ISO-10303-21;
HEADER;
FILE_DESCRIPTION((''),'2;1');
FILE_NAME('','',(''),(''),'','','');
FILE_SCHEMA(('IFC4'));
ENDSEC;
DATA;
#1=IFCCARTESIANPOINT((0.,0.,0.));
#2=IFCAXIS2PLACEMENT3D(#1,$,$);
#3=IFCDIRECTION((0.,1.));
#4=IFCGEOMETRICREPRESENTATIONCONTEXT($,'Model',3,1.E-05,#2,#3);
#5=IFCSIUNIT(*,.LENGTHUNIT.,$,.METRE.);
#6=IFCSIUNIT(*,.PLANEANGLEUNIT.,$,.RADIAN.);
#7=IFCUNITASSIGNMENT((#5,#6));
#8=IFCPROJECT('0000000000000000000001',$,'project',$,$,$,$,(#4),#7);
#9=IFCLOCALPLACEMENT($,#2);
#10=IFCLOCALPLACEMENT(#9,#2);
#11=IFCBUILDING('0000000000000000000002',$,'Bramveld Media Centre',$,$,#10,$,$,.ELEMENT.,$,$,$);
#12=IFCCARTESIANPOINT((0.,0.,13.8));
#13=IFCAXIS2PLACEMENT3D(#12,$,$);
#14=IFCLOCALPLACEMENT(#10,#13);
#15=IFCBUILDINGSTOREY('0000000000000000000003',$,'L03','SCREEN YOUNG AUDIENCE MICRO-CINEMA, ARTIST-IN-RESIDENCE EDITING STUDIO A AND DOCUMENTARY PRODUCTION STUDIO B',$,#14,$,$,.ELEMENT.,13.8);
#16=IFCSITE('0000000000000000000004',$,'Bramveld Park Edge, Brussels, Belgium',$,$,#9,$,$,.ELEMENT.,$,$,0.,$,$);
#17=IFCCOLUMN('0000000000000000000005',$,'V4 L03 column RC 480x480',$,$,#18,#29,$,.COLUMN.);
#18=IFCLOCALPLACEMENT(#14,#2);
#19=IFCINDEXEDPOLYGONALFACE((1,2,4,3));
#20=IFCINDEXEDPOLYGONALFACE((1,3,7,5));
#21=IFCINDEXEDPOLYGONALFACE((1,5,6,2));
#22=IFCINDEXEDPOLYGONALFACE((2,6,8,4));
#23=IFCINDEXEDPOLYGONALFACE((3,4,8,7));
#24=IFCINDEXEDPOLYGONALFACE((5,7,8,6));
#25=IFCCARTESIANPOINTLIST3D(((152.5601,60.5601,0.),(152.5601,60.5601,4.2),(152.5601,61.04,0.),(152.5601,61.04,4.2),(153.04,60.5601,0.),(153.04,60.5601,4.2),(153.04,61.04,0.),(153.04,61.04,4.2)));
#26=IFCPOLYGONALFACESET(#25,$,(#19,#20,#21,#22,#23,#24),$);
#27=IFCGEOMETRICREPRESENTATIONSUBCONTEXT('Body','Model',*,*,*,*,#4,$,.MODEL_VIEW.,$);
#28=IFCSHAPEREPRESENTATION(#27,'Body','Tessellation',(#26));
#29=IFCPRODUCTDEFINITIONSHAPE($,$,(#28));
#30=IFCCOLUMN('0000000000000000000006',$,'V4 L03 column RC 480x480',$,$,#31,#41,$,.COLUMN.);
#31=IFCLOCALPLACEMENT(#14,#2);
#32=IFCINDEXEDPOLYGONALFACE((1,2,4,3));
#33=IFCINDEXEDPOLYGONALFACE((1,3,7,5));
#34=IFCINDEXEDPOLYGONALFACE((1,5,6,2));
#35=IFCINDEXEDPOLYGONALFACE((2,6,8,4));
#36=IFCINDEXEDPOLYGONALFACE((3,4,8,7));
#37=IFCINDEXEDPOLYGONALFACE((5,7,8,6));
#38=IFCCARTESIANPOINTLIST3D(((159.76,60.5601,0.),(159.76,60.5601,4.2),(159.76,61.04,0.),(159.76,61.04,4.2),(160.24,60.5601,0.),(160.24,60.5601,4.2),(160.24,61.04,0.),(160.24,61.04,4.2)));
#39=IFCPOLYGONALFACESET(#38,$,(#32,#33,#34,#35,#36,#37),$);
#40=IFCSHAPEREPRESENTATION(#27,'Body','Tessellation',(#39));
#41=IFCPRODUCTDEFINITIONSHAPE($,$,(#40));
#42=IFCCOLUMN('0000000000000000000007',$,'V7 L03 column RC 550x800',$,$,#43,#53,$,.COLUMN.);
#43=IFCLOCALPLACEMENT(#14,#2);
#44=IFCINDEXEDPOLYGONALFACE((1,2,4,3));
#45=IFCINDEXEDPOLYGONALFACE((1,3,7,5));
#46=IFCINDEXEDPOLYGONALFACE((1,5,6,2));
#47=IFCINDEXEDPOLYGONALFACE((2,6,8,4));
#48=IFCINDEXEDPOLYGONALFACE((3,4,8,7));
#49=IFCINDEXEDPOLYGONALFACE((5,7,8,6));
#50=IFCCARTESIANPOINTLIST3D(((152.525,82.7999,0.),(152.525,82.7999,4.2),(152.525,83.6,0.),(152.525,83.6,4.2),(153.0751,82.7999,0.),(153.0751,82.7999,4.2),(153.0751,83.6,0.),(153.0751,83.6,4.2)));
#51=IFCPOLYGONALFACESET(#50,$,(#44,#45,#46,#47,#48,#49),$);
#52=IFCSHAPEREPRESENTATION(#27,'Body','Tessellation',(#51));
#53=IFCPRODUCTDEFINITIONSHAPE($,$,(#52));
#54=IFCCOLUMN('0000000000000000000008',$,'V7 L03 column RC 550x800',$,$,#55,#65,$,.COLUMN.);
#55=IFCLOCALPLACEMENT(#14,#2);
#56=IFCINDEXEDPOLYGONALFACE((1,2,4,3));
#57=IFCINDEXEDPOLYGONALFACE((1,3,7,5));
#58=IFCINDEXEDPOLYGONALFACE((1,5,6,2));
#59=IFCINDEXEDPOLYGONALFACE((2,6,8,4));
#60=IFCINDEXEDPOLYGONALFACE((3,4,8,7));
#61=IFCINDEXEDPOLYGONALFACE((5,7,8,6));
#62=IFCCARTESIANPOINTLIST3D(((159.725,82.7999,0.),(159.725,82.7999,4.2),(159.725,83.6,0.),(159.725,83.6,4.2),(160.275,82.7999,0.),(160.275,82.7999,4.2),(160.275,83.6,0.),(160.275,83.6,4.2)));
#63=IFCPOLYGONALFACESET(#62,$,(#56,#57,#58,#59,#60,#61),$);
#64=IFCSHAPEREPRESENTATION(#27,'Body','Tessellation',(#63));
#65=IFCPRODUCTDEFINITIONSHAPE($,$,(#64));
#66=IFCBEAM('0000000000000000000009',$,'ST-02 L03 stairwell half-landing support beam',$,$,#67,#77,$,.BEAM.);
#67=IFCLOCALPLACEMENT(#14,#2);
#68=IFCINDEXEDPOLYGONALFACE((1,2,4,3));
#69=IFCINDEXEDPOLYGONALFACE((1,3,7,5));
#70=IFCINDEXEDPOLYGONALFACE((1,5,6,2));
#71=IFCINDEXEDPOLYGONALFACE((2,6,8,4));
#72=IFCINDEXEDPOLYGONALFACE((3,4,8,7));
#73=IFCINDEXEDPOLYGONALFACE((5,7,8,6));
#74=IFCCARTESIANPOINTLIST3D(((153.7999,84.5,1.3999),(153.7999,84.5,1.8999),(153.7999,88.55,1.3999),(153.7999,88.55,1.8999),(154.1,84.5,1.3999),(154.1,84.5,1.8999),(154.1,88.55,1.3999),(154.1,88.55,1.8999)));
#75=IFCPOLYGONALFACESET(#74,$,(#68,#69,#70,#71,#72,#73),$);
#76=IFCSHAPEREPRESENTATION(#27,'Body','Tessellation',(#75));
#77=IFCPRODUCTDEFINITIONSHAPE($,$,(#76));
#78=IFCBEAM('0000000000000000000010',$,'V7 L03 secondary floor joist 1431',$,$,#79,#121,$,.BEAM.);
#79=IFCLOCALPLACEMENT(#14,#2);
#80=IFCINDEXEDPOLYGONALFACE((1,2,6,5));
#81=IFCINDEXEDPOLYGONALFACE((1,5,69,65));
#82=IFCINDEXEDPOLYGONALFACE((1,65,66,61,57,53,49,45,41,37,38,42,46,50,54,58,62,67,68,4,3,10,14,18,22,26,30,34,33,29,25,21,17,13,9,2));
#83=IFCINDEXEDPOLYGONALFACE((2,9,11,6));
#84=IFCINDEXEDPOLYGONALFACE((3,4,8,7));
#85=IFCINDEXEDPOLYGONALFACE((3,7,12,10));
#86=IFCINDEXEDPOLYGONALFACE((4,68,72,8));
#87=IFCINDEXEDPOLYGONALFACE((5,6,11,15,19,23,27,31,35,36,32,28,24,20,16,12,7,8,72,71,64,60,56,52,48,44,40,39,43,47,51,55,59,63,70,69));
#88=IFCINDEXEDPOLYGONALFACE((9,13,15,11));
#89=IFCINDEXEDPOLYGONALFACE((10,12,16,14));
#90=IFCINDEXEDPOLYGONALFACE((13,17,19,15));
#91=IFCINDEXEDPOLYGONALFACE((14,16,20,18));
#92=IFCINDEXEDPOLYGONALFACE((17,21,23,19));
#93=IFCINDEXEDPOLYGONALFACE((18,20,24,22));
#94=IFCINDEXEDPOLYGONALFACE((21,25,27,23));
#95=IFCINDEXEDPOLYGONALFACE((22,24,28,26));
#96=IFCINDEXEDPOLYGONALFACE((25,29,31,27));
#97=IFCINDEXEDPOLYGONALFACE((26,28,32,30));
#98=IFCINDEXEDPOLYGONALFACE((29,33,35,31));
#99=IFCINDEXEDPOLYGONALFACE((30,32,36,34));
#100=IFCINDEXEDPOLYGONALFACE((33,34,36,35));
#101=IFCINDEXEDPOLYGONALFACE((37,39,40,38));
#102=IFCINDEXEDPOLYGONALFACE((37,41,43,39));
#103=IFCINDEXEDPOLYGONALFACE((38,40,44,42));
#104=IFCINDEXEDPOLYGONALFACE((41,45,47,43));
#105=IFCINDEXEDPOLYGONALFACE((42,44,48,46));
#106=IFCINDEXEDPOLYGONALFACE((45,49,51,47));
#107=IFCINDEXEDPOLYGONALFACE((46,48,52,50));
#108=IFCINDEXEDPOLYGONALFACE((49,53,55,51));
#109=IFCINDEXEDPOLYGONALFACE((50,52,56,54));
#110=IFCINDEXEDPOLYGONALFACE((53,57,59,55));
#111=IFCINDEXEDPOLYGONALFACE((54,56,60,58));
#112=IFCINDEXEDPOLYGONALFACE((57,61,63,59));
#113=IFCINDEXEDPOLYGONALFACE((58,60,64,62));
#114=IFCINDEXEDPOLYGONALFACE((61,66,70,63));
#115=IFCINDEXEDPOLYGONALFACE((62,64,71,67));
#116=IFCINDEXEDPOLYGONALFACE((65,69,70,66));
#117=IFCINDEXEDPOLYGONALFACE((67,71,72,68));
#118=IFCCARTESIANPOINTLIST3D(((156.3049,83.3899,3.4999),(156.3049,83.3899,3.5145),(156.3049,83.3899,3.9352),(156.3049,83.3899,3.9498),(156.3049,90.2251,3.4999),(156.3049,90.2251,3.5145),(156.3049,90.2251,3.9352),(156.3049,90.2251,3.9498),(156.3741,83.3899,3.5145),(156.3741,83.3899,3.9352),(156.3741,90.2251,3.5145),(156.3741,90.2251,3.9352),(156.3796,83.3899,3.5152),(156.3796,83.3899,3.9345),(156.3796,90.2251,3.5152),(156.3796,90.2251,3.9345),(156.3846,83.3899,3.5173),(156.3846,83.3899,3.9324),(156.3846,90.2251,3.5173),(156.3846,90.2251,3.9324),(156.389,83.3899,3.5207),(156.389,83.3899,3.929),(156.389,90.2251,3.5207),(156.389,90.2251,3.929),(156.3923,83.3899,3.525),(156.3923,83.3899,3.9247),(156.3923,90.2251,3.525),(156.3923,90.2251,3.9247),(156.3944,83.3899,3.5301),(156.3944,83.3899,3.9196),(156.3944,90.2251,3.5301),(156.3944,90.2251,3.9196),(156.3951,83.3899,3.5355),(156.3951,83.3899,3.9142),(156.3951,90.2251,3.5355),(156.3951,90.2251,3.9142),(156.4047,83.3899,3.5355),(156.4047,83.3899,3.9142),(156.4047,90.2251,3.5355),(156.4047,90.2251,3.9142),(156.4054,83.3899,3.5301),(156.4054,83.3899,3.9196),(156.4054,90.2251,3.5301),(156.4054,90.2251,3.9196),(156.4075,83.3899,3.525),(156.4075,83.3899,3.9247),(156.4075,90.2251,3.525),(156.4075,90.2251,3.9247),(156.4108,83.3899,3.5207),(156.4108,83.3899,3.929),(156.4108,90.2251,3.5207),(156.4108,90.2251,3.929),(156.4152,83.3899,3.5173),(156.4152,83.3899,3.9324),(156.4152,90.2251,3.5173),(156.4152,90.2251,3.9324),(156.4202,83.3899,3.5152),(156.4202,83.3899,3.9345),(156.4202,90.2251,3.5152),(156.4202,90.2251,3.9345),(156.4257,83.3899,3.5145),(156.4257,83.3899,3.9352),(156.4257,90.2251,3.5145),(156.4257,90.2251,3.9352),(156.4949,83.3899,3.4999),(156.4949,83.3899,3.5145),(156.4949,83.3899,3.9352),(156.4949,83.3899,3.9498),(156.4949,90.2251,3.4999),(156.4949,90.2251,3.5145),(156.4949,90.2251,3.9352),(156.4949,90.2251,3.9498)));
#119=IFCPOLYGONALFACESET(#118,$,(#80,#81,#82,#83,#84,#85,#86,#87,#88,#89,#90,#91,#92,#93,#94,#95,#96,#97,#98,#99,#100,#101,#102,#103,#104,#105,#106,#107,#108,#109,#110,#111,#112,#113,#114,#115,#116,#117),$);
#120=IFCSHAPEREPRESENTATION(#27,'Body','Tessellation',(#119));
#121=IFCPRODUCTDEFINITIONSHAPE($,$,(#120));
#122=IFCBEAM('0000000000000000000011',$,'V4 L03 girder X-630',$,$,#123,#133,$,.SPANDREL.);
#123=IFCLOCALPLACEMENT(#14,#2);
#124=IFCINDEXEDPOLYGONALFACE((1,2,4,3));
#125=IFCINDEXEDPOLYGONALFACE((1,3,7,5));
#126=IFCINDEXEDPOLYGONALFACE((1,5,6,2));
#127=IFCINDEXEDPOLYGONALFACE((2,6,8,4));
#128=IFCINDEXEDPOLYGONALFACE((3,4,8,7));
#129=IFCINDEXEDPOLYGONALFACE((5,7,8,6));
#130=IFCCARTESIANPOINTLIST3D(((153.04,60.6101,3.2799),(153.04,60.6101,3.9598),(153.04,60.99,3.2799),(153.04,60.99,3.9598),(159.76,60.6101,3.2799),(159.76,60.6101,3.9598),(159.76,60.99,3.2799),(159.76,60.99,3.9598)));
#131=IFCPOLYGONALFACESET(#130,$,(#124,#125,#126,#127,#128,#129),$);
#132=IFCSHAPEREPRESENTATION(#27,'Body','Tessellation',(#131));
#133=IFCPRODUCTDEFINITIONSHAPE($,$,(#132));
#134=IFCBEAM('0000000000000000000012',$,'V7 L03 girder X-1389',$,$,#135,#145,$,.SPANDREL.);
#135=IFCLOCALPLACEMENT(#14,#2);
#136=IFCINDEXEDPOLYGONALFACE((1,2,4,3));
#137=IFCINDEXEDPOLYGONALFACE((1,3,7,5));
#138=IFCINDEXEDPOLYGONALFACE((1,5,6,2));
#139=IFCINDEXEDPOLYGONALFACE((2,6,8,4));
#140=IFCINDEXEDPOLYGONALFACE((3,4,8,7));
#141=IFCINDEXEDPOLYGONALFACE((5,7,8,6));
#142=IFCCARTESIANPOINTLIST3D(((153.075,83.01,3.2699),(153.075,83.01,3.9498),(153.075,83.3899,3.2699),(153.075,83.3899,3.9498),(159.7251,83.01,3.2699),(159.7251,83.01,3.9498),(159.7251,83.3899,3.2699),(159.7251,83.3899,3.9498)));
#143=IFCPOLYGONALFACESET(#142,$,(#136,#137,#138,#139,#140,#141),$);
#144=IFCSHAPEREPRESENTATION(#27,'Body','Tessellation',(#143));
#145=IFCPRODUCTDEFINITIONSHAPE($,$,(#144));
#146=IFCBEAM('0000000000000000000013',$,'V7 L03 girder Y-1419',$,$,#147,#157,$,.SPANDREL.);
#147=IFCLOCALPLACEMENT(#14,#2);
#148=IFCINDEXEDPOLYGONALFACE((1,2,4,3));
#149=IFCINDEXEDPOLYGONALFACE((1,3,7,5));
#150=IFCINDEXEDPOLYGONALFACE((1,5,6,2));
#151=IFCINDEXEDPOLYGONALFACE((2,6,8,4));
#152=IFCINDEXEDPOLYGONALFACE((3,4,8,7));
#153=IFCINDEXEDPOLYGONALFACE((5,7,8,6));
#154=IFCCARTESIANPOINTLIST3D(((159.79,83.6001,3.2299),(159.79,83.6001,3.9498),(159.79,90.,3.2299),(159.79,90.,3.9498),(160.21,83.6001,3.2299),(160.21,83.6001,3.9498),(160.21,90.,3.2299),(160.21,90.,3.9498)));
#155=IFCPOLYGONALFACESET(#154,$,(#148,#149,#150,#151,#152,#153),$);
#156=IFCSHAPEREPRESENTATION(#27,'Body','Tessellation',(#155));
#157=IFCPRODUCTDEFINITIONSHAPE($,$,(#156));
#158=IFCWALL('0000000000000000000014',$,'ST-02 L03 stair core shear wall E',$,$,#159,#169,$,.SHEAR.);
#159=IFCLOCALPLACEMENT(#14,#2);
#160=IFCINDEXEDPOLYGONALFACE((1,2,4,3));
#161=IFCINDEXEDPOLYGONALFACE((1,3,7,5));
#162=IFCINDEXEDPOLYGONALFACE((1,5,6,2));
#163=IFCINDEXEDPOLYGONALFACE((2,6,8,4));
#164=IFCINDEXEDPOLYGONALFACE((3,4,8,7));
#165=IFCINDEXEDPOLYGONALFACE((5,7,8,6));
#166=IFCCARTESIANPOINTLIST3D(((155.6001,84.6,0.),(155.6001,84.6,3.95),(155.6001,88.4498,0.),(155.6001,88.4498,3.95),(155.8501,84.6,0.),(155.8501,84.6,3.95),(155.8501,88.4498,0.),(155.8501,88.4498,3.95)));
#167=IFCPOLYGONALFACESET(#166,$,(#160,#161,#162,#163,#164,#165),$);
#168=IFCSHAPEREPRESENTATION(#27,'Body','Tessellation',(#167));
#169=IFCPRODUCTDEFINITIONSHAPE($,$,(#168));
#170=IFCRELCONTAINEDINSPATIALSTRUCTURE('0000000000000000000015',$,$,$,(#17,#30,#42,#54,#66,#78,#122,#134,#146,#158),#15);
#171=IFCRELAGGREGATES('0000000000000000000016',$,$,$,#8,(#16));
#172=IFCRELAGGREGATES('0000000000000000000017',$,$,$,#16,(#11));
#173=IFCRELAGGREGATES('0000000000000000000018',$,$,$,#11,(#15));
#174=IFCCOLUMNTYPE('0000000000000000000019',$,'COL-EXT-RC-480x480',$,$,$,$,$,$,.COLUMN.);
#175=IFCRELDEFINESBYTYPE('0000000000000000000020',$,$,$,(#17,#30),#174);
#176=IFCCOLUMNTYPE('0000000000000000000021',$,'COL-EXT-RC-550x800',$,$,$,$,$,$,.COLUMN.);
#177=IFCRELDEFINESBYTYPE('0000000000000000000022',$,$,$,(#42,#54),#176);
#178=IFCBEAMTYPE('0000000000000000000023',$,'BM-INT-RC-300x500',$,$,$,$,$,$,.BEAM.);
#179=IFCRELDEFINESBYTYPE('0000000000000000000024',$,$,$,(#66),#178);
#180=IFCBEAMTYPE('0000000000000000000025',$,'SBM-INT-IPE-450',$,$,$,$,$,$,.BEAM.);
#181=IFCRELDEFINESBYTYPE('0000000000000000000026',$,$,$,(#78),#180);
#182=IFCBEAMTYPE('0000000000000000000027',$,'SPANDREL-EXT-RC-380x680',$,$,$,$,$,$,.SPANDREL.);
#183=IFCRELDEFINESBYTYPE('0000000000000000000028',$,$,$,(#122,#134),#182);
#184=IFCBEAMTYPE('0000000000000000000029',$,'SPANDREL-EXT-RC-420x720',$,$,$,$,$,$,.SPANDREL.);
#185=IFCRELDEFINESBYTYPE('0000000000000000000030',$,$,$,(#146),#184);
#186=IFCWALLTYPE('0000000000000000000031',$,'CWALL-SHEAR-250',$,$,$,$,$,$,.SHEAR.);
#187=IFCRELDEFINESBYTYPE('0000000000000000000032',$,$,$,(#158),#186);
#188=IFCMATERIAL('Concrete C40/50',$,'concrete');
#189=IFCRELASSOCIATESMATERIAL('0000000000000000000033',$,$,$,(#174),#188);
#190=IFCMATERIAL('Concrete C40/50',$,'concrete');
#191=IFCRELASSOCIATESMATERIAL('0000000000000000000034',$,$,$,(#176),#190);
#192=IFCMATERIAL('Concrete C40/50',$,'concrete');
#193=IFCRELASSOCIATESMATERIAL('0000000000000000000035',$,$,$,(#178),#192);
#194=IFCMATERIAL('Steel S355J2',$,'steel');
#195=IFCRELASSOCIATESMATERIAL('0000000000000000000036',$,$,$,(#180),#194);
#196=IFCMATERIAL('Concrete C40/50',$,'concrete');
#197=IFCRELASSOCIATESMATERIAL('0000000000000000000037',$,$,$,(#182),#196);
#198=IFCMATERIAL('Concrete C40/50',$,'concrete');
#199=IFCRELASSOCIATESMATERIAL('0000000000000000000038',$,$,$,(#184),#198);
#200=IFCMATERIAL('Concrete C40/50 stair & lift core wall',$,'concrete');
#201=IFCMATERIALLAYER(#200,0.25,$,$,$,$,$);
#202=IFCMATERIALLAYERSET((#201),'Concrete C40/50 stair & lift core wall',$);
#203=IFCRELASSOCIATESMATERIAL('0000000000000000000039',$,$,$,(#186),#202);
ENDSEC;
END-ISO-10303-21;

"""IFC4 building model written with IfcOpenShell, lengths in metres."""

from ifc_helpers import new_model, si_unit, direction, frame, frame_2d, origin, origin_2d, place, context, subcontext, project, spatial, rectangle, i_section, extrude, material, layer, layer_set, material_profile, profile_set, type_object, element, save


model = new_model("IFC4")

# Units and contexts
model_context = context("Model", 3, precision=1e-05, world=origin(), true_north=direction((0.0, 1.0)))
body_context = subcontext(model_context, "Body", "Model", "MODEL_VIEW")
ifc_project = project(units=[si_unit("LENGTHUNIT", "METRE"), si_unit("PLANEANGLEUNIT", "RADIAN")], contexts=[model_context])

# Site, building, storey
site_placement = place(None, origin())
site = spatial("IfcSite", under=ifc_project, at=site_placement, Name="Bramveld Park Edge, Brussels, Belgium", CompositionType="ELEMENT", RefElevation=0.0)
building_placement = place(site_placement, origin())
building = spatial("IfcBuilding", under=site, at=building_placement, Name="Bramveld Media Centre", CompositionType="ELEMENT")
storey_placement = place(building_placement, frame((0.0, 0.0, 13.8)))
storey = spatial("IfcBuildingStorey", under=building, at=storey_placement, Name="L03", Description="SCREEN YOUNG AUDIENCE MICRO-CINEMA, ARTIST-IN-RESIDENCE EDITING STUDIO A AND DOCUMENTARY PRODUCTION STUDIO B", CompositionType="ELEMENT", Elevation=13.8)

# Columns
ifc_material_1 = material(Name="Concrete C40/50", Category="concrete")
ifc_material_profile_1 = material_profile(ifc_material_1, rectangle(XDim=0.48, YDim=0.48, at=origin_2d()), Name="RC 480x480")
ifc_profile_set_1 = profile_set([ifc_material_profile_1], Name="Concrete C40/50")
column_type_1 = type_object("IfcColumnType", Name="COL-EXT-RC-480x480", PredefinedType="COLUMN", material=ifc_profile_set_1)
for number, where, z_axis, x_axis, name in (
    (1, (152.8, 60.8, 0.0), (0.0, 0.0, 1.0), (1.0, 0.0, 0.0), "V4 L03 column RC 480x480"),
    (2, (160.0, 60.8, 0.0), (0.0, 0.0, 1.0), (1.0, 0.0, 0.0), "V4 L03 column RC 480x480"),
):
    element("IfcColumn", number, at=place(storey_placement, frame(where, z_axis=z_axis, x_axis=x_axis)), inside=storey, type_object=column_type_1, Name=name, PredefinedType="COLUMN", context=body_context, shape_type="SweptSolid", body=[
        extrude(rectangle(XDim=0.48, YDim=0.48, at=origin_2d()), origin(), (0.0, 0.0, 1.0), 4.2),
    ])
ifc_material_2 = material(Name="Concrete C40/50", Category="concrete")
ifc_material_profile_2 = material_profile(ifc_material_2, rectangle(XDim=0.55, YDim=0.8, at=origin_2d()), Name="RC 550x800")
ifc_profile_set_2 = profile_set([ifc_material_profile_2], Name="Concrete C40/50")
column_type_2 = type_object("IfcColumnType", Name="COL-EXT-RC-550x800", PredefinedType="COLUMN", material=ifc_profile_set_2)
for number, where, z_axis, x_axis, name in (
    (3, (152.8, 83.2, 0.0), (0.0, 0.0, 1.0), (1.0, 0.0, 0.0), "V7 L03 column RC 550x800"),
    (4, (160.0, 83.2, 0.0), (0.0, 0.0, 1.0), (1.0, 0.0, 0.0), "V7 L03 column RC 550x800"),
):
    element("IfcColumn", number, at=place(storey_placement, frame(where, z_axis=z_axis, x_axis=x_axis)), inside=storey, type_object=column_type_2, Name=name, PredefinedType="COLUMN", context=body_context, shape_type="SweptSolid", body=[
        extrude(rectangle(XDim=0.55, YDim=0.8, at=origin_2d()), origin(), (0.0, 0.0, 1.0), 4.2),
    ])

# Beams
ifc_material_3 = material(Name="Concrete C40/50", Category="concrete")
ifc_material_profile_3 = material_profile(ifc_material_3, rectangle(XDim=0.3, YDim=0.5, at=origin_2d()), Name="RC 300x500")
ifc_profile_set_3 = profile_set([ifc_material_profile_3], Name="Concrete C40/50")
beam_type_1 = type_object("IfcBeamType", Name="BM-INT-RC-300x500", PredefinedType="BEAM", material=ifc_profile_set_3)
beam_1_placement = place(storey_placement, frame((153.95, 84.5, 1.6499), z_axis=(0.0, 1.0, 0.0), x_axis=(-1.0, 0.0, 0.0)))
element("IfcBeam", 5, at=beam_1_placement, inside=storey, type_object=beam_type_1, Name="ST-02 L03 stairwell half-landing support beam", PredefinedType="BEAM", context=body_context, shape_type="SweptSolid", body=[
    extrude(rectangle(XDim=0.3, YDim=0.5, at=origin_2d()), origin(), (0.0, 0.0, 1.0), 4.05),
])
ifc_material_4 = material(Name="Steel S355J2", Category="steel")
ifc_material_profile_4 = material_profile(ifc_material_4, i_section(OverallWidth=0.1899, OverallDepth=0.45, WebThickness=0.0095, FlangeThickness=0.0146, FilletRadius=0.021, at=origin_2d()), Name="IPE 450")
ifc_profile_set_4 = profile_set([ifc_material_profile_4], Name="Steel S355J2")
beam_type_2 = type_object("IfcBeamType", Name="SBM-INT-IPE-450", PredefinedType="BEAM", material=ifc_profile_set_4)
beam_2_placement = place(storey_placement, frame((156.3999, 83.3899, 3.7249), z_axis=(0.0, 1.0, 0.0), x_axis=(-1.0, 0.0, 0.0)))
element("IfcBeam", 6, at=beam_2_placement, inside=storey, type_object=beam_type_2, Name="V7 L03 secondary floor joist 1431", PredefinedType="BEAM", context=body_context, shape_type="SweptSolid", body=[
    extrude(i_section(OverallWidth=0.1899, OverallDepth=0.45, WebThickness=0.0095, FlangeThickness=0.0146, FilletRadius=0.021, at=origin_2d()), origin(), (0.0, 0.0, 1.0), 6.8352),
])
ifc_material_5 = material(Name="Concrete C40/50", Category="concrete")
ifc_material_profile_5 = material_profile(ifc_material_5, rectangle(XDim=0.3799, YDim=0.6799, at=origin_2d()), Name="RC 380x680")
ifc_profile_set_5 = profile_set([ifc_material_profile_5], Name="Concrete C40/50")
beam_type_3 = type_object("IfcBeamType", Name="SPANDREL-EXT-RC-380x680", PredefinedType="SPANDREL", material=ifc_profile_set_5)
beam_3_placement = place(storey_placement, frame((153.04, 60.8, 3.6199), z_axis=(1.0, 0.0, 0.0), x_axis=(0.0, 1.0, 0.0)))
element("IfcBeam", 7, at=beam_3_placement, inside=storey, type_object=beam_type_3, Name="V4 L03 girder X-630", PredefinedType="SPANDREL", context=body_context, shape_type="SweptSolid", body=[
    extrude(rectangle(XDim=0.3799, YDim=0.6799, at=origin_2d()), origin(), (0.0, 0.0, 1.0), 6.72),
])
beam_4_placement = place(storey_placement, frame((153.075, 83.2, 3.6099), z_axis=(1.0, 0.0, 0.0), x_axis=(0.0, 1.0, 0.0)))
element("IfcBeam", 8, at=beam_4_placement, inside=storey, type_object=beam_type_3, Name="V7 L03 girder X-1389", PredefinedType="SPANDREL", context=body_context, shape_type="SweptSolid", body=[
    extrude(rectangle(XDim=0.3799, YDim=0.6799, at=origin_2d()), origin(), (0.0, 0.0, 1.0), 6.6501),
])
ifc_material_6 = material(Name="Concrete C40/50", Category="concrete")
ifc_material_profile_6 = material_profile(ifc_material_6, rectangle(XDim=0.4199, YDim=0.72, at=origin_2d()), Name="RC 420x720")
ifc_profile_set_6 = profile_set([ifc_material_profile_6], Name="Concrete C40/50")
beam_type_4 = type_object("IfcBeamType", Name="SPANDREL-EXT-RC-420x720", PredefinedType="SPANDREL", material=ifc_profile_set_6)
beam_5_placement = place(storey_placement, frame((160.0, 83.6001, 3.5898), z_axis=(0.0, 1.0, 0.0), x_axis=(-1.0, 0.0, 0.0)))
element("IfcBeam", 9, at=beam_5_placement, inside=storey, type_object=beam_type_4, Name="V7 L03 girder Y-1419", PredefinedType="SPANDREL", context=body_context, shape_type="SweptSolid", body=[
    extrude(rectangle(XDim=0.4199, YDim=0.72, at=origin_2d()), origin(), (0.0, 0.0, 1.0), 6.3999),
])

# Wall
ifc_material_7 = material(Name="Concrete C40/50 stair & lift core wall", Category="concrete")
ifc_layer_1 = layer(ifc_material_7, 0.25)
ifc_layer_set_1 = layer_set([ifc_layer_1], Name="Concrete C40/50 stair & lift core wall")
wall_type_1 = type_object("IfcWallType", Name="CWALL-SHEAR-250", PredefinedType="SHEAR", material=ifc_layer_set_1)
wall_1_placement = place(storey_placement, frame((155.7251, 84.6001, 0.0), z_axis=(0.0, 0.0, 1.0), x_axis=(0.0, 1.0, 0.0)))
element("IfcWall", 10, at=wall_1_placement, inside=storey, type_object=wall_type_1, Name="ST-02 L03 stair core shear wall E", PredefinedType="SHEAR", context=body_context, shape_type="SweptSolid", body=[
    extrude(rectangle(XDim=3.8499, YDim=0.25, at=frame_2d((1.9248, 0.0))), origin(), (0.0, 0.0, 1.0), 3.95),
])

save(model, "model.ifc")
